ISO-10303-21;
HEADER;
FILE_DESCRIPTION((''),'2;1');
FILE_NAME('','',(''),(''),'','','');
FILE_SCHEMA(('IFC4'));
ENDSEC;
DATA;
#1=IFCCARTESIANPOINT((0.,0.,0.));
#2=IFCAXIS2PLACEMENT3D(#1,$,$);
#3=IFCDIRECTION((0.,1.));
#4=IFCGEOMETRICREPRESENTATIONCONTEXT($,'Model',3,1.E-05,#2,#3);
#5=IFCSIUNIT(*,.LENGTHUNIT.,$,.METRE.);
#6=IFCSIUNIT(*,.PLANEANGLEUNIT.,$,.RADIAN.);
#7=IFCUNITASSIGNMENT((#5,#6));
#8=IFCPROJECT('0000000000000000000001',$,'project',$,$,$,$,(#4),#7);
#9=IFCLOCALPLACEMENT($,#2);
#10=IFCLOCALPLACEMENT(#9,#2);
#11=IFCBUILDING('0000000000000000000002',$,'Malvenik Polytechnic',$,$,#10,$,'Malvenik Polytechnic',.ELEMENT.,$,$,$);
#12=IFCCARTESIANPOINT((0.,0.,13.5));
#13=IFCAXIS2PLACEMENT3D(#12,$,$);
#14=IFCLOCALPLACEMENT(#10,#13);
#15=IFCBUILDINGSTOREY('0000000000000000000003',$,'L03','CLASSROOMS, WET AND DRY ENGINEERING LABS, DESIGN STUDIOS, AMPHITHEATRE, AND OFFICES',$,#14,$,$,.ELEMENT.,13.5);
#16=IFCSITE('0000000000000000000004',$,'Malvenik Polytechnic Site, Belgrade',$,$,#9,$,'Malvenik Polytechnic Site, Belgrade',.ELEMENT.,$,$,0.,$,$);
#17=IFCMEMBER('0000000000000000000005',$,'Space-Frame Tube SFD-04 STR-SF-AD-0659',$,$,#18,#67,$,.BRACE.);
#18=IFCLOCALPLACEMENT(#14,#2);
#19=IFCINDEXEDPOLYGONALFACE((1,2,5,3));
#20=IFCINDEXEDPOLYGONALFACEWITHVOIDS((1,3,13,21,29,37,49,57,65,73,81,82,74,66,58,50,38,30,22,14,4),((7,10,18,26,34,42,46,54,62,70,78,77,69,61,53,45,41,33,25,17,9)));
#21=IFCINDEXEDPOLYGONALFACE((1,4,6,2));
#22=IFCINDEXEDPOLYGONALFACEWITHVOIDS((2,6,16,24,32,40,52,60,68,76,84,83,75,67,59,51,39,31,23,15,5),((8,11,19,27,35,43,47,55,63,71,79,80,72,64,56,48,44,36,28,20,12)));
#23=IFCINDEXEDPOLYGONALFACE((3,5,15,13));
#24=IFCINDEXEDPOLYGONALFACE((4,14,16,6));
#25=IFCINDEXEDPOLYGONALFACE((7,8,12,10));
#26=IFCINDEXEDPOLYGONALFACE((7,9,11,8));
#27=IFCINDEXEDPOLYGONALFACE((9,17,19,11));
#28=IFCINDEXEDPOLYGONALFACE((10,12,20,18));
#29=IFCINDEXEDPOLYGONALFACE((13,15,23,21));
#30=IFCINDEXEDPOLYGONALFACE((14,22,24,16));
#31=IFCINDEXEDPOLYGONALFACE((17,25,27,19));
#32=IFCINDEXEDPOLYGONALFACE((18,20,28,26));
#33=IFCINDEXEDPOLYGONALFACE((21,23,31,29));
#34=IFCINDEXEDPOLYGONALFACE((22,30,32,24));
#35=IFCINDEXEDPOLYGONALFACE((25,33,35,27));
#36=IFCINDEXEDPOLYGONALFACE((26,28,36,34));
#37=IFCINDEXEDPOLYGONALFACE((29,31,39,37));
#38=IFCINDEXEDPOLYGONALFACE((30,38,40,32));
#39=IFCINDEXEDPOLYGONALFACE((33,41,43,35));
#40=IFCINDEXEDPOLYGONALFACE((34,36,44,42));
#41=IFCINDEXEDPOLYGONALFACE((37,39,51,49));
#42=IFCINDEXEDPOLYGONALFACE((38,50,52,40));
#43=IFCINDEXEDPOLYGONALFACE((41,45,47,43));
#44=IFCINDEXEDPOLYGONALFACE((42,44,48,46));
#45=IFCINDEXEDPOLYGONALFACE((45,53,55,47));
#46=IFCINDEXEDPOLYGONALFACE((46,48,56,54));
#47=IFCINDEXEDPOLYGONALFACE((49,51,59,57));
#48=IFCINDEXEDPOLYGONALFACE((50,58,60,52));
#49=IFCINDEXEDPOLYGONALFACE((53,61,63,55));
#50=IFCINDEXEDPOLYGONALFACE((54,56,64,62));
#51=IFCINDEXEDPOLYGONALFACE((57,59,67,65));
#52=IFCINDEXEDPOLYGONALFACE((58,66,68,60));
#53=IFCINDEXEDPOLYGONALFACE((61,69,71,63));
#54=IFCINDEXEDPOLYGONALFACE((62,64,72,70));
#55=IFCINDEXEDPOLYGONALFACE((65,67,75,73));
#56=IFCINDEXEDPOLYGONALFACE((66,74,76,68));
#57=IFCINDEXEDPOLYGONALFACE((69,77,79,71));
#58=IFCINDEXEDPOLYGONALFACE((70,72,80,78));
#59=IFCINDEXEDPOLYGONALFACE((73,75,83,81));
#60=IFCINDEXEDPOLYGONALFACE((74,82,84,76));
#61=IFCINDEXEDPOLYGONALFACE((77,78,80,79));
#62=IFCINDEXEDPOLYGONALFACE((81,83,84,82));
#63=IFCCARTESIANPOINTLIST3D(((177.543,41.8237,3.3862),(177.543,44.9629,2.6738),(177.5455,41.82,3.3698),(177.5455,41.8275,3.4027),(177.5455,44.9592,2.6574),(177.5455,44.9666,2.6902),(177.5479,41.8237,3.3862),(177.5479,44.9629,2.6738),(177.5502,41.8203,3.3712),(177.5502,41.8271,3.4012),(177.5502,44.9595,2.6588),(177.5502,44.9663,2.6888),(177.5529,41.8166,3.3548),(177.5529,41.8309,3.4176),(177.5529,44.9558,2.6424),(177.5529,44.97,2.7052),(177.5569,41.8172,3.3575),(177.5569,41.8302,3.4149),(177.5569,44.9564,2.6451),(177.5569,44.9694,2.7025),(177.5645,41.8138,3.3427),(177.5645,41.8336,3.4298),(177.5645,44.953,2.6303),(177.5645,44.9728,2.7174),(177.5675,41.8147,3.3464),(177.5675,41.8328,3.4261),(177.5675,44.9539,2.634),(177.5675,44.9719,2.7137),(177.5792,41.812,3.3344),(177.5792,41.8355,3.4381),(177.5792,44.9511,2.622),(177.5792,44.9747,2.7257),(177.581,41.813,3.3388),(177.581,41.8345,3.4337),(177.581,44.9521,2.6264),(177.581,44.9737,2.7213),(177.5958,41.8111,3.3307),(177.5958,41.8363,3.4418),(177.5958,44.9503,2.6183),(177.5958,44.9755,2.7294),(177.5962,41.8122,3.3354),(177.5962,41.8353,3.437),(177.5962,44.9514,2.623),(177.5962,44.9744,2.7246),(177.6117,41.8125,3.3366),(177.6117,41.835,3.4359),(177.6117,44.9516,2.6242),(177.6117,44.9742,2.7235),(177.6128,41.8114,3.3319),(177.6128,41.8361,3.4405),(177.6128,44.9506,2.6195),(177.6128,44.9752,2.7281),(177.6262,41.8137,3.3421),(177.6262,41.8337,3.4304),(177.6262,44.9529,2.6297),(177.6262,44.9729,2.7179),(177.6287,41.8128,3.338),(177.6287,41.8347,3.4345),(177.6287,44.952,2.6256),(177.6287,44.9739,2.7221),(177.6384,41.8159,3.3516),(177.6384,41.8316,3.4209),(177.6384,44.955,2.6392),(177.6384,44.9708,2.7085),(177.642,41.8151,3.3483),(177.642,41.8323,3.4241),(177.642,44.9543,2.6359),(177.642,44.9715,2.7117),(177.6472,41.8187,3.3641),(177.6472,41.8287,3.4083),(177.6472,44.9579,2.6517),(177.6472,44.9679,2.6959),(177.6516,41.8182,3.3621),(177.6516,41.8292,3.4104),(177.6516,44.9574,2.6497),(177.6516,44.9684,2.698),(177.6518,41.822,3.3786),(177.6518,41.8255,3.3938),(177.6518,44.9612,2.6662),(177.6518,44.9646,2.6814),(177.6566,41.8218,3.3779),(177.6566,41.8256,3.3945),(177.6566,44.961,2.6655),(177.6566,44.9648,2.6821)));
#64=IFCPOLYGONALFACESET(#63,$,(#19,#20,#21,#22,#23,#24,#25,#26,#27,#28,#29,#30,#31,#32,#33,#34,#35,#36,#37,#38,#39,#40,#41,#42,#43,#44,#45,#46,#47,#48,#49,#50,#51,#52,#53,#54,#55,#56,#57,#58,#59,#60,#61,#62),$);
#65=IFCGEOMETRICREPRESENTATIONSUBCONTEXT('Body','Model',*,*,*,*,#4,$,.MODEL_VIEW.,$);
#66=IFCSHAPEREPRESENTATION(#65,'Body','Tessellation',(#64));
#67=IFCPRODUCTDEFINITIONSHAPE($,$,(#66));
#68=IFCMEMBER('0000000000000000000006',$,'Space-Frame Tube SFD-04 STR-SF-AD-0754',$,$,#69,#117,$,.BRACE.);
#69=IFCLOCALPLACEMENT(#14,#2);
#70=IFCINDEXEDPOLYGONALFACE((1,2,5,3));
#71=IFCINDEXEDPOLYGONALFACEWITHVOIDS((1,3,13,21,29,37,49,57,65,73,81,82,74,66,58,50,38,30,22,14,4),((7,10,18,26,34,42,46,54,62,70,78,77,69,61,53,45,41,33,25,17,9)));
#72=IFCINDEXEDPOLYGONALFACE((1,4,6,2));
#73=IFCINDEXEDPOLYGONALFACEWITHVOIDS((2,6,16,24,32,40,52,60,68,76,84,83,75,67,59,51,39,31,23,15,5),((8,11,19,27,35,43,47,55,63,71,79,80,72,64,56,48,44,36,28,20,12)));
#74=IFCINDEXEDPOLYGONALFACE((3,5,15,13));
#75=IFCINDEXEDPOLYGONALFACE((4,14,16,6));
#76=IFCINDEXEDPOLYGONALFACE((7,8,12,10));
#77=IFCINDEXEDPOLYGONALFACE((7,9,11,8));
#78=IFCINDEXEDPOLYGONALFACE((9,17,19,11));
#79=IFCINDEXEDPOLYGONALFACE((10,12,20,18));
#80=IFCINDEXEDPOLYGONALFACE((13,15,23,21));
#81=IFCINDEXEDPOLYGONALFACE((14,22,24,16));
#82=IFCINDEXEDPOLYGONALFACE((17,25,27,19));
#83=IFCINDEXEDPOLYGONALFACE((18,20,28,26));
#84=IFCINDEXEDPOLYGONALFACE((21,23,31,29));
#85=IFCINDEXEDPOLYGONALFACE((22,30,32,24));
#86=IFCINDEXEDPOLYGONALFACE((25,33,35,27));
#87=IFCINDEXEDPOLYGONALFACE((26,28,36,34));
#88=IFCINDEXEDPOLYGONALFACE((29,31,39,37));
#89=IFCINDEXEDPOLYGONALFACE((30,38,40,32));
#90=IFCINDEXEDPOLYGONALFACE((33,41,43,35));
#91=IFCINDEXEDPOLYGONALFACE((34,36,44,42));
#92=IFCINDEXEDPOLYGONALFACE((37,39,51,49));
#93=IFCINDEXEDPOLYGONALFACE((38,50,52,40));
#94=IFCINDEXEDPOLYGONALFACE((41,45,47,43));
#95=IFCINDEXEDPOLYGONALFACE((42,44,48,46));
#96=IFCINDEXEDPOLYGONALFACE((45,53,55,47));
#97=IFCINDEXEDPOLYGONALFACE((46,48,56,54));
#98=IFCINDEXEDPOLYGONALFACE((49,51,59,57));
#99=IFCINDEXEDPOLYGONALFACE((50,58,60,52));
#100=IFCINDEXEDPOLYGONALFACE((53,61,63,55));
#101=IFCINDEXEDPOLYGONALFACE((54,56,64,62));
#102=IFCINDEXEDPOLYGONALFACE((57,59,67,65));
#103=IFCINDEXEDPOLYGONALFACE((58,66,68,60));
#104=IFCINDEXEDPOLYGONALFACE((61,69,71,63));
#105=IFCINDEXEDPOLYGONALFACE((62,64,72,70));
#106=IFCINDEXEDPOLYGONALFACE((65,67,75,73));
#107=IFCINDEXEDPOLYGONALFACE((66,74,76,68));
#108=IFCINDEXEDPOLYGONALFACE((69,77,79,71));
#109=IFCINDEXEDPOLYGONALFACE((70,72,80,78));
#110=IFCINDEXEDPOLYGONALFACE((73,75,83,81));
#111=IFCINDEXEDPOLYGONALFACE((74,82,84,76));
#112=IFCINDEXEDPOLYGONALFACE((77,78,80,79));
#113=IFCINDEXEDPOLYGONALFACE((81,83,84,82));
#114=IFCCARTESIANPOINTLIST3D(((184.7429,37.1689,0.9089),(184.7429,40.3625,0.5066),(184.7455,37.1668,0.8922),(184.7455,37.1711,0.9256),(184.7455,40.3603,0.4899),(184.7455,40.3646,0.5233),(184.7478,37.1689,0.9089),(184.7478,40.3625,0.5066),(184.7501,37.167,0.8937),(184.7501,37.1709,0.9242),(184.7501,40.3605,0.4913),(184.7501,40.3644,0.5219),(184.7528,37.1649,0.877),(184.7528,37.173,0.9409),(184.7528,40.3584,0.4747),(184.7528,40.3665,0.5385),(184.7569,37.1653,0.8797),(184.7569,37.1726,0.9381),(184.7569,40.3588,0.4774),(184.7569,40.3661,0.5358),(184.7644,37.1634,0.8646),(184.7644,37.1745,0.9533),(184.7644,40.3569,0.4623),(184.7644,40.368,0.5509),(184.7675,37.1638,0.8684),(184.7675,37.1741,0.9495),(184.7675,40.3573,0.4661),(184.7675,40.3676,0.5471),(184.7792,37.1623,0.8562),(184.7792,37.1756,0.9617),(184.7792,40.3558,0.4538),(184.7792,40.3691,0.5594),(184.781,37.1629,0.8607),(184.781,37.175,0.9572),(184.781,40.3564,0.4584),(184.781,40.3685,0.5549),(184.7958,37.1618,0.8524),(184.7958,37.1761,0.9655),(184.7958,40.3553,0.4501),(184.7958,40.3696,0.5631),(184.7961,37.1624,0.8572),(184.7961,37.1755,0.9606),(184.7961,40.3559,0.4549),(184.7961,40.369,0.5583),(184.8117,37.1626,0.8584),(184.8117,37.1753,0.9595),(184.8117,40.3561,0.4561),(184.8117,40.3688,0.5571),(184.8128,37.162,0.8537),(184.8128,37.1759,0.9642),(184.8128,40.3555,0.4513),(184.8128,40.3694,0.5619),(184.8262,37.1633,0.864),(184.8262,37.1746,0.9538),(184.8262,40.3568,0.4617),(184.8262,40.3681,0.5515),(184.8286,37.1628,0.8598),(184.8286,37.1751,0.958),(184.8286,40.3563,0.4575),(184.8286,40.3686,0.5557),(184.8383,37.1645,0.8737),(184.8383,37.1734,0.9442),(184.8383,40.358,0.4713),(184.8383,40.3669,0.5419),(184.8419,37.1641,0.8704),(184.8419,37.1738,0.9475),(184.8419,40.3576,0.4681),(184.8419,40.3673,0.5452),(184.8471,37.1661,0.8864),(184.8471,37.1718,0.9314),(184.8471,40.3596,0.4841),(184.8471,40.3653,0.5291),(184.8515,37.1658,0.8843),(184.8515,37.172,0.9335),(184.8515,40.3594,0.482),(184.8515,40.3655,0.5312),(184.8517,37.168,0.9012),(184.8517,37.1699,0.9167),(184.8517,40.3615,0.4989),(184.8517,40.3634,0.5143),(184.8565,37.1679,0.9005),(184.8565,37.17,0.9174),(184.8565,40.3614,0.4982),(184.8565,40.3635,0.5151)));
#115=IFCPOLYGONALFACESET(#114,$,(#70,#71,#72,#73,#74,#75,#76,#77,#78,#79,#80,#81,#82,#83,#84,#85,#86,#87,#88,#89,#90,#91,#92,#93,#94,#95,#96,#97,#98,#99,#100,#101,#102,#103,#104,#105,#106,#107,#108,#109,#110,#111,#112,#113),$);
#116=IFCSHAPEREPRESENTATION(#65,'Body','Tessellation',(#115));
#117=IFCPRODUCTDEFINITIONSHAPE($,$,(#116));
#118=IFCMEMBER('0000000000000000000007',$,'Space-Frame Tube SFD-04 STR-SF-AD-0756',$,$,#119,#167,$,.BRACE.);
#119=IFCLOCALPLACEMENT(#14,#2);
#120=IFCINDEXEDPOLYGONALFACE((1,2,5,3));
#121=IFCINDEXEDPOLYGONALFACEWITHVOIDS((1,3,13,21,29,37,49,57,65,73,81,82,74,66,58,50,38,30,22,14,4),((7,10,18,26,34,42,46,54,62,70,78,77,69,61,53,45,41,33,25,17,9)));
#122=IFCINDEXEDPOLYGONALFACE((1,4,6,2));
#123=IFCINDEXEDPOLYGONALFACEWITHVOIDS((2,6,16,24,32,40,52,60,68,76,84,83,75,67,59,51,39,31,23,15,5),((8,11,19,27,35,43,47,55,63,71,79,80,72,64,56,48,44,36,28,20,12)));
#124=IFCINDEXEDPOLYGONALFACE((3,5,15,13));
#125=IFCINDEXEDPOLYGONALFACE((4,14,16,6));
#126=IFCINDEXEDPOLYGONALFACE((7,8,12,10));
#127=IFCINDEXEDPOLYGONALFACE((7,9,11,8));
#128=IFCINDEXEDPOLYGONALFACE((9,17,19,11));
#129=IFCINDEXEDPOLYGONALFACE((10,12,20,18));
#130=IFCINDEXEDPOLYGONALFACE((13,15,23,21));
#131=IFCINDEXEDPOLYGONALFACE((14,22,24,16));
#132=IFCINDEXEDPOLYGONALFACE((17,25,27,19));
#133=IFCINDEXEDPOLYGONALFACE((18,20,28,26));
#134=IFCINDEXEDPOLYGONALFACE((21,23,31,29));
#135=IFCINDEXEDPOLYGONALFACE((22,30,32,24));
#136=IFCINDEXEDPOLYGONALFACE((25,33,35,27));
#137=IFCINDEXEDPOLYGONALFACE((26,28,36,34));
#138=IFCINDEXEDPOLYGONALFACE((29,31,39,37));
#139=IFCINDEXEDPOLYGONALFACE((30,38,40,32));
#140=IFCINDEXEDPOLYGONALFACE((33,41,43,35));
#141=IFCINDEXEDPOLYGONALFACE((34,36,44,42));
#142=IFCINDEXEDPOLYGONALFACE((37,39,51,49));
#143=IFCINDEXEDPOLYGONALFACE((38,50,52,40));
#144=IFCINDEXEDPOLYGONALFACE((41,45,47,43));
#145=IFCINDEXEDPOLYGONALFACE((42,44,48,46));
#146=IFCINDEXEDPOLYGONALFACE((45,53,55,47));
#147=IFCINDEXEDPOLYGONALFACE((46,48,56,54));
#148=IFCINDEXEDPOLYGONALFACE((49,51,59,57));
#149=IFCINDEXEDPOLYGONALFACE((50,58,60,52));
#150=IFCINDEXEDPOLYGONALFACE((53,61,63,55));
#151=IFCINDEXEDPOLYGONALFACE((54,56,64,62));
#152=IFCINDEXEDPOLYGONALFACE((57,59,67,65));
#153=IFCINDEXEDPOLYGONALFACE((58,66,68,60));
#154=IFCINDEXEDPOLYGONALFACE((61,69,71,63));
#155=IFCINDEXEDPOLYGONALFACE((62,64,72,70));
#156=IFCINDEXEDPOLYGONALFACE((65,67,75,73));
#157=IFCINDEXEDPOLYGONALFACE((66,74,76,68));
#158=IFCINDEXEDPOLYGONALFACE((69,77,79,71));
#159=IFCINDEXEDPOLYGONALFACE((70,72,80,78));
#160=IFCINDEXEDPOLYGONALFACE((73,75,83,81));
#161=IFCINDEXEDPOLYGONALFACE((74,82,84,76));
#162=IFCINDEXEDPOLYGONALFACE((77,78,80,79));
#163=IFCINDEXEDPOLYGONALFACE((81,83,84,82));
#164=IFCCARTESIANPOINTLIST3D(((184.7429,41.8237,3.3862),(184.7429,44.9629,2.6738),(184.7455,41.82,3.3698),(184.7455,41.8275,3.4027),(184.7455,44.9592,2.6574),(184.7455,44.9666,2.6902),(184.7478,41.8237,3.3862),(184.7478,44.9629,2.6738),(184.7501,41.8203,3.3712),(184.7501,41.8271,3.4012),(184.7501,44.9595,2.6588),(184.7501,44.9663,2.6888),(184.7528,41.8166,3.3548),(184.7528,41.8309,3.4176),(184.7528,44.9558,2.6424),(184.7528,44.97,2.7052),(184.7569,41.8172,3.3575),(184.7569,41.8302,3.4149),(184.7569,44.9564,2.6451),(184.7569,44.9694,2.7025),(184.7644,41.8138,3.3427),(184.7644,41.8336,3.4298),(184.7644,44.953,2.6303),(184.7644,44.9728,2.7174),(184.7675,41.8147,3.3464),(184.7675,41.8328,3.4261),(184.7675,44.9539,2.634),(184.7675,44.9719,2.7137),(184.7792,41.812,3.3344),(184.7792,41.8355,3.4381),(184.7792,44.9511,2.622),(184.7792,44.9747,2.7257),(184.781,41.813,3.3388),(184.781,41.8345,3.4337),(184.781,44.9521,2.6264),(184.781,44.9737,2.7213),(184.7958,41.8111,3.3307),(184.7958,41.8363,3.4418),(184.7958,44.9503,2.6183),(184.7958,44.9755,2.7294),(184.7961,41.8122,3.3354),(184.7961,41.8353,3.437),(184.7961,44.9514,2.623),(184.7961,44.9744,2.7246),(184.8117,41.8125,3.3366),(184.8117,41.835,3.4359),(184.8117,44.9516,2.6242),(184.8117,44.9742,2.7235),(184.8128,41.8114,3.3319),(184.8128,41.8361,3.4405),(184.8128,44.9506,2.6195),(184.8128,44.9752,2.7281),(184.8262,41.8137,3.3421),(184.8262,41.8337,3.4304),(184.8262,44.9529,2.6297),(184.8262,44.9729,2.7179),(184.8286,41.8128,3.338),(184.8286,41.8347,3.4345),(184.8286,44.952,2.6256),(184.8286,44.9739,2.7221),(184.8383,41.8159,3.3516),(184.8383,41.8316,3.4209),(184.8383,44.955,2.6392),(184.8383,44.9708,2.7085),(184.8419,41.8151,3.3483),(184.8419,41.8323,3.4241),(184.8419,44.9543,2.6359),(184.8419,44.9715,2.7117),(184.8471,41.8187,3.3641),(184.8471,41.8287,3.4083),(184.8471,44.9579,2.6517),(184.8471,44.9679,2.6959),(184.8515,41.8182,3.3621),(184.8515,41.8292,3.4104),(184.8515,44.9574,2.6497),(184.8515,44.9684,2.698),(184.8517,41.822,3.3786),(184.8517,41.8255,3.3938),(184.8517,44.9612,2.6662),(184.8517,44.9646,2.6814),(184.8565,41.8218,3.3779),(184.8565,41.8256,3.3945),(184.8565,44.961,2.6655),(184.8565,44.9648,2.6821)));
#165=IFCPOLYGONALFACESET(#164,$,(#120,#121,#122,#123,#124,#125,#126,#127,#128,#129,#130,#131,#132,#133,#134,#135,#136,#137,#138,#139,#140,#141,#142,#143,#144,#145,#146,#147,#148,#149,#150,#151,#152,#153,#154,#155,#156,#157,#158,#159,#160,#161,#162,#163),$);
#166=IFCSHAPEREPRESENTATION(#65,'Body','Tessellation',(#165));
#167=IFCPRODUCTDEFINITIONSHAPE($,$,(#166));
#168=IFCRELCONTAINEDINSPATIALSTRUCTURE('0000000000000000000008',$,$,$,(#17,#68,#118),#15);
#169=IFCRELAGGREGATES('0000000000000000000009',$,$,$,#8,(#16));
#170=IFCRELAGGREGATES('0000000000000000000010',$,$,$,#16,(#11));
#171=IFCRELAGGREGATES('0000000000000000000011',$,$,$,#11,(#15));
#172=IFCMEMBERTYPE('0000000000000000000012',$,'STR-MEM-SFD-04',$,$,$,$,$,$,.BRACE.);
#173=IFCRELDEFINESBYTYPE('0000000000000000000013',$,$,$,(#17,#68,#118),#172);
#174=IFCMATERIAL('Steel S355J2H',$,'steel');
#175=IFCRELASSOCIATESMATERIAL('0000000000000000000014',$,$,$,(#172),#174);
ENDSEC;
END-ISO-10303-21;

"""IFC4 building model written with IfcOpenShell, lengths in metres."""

from ifc_helpers import new_model, si_unit, direction, frame, origin, origin_2d, place, context, subcontext, project, spatial, hollow_circle, extrude, material, material_profile, profile_set, type_object, element, save


model = new_model("IFC4")

# Units and contexts
model_context = context("Model", 3, precision=1e-05, world=origin(), true_north=direction((0.0, 1.0)))
body_context = subcontext(model_context, "Body", "Model", "MODEL_VIEW")
ifc_project = project(units=[si_unit("LENGTHUNIT", "METRE"), si_unit("PLANEANGLEUNIT", "RADIAN")], contexts=[model_context])

# Site, building, storey
site_placement = place(None, origin())
site = spatial("IfcSite", under=ifc_project, at=site_placement, Name="Malvenik Polytechnic Site, Belgrade", LongName="Malvenik Polytechnic Site, Belgrade", CompositionType="ELEMENT", RefElevation=0.0)
building_placement = place(site_placement, origin())
building = spatial("IfcBuilding", under=site, at=building_placement, Name="Malvenik Polytechnic", LongName="Malvenik Polytechnic", CompositionType="ELEMENT")
storey_placement = place(building_placement, frame((0.0, 0.0, 13.5)))
storey = spatial("IfcBuildingStorey", under=building, at=storey_placement, Name="L03", Description="CLASSROOMS, WET AND DRY ENGINEERING LABS, DESIGN STUDIOS, AMPHITHEATRE, AND OFFICES", CompositionType="ELEMENT", Elevation=13.5)

# Members
ifc_material = material(Name="Steel S355J2H", Category="steel")
ifc_material_profile_1 = material_profile(ifc_material, hollow_circle(Radius=0.0571, WallThickness=0.0049, at=origin_2d()), Name="CHS 114.3x5.0")
ifc_profile_set_1 = profile_set([ifc_material_profile_1], Name="Steel S355J2H")
member_type_1 = type_object("IfcMemberType", Name="STR-MEM-SFD-04", PredefinedType="BRACE", material=ifc_profile_set_1)
member_1_placement = place(storey_placement, frame((177.6001, 41.8237, 3.3862), z_axis=(0.0, 0.975203, -0.221313), x_axis=(-1.0, 0.0, 0.0)))
element("IfcMember", 1, at=member_1_placement, inside=storey, type_object=member_type_1, Name="Space-Frame Tube SFD-04 STR-SF-AD-0659", PredefinedType="BRACE", context=body_context, shape_type="SweptSolid", body=[
    extrude(hollow_circle(Radius=0.0571, WallThickness=0.0049, at=origin_2d()), origin(), (0.0, 0.0, 1.0), 3.219),
])
member_2_placement = place(storey_placement, frame((184.8, 37.1689, 0.9089), z_axis=(0.0, 0.992157, -0.124996), x_axis=(-1.0, 0.0, 0.0)))
element("IfcMember", 2, at=member_2_placement, inside=storey, type_object=member_type_1, Name="Space-Frame Tube SFD-04 STR-SF-AD-0754", PredefinedType="BRACE", context=body_context, shape_type="SweptSolid", body=[
    extrude(hollow_circle(Radius=0.0571, WallThickness=0.0049, at=origin_2d()), origin(), (0.0, 0.0, 1.0), 3.2188),
])
member_3_placement = place(storey_placement, frame((184.8, 41.8237, 3.3862), z_axis=(0.0, 0.975203, -0.221313), x_axis=(-1.0, 0.0, 0.0)))
element("IfcMember", 3, at=member_3_placement, inside=storey, type_object=member_type_1, Name="Space-Frame Tube SFD-04 STR-SF-AD-0756", PredefinedType="BRACE", context=body_context, shape_type="SweptSolid", body=[
    extrude(hollow_circle(Radius=0.0571, WallThickness=0.0049, at=origin_2d()), origin(), (0.0, 0.0, 1.0), 3.219),
])

save(model, "model.ifc")
